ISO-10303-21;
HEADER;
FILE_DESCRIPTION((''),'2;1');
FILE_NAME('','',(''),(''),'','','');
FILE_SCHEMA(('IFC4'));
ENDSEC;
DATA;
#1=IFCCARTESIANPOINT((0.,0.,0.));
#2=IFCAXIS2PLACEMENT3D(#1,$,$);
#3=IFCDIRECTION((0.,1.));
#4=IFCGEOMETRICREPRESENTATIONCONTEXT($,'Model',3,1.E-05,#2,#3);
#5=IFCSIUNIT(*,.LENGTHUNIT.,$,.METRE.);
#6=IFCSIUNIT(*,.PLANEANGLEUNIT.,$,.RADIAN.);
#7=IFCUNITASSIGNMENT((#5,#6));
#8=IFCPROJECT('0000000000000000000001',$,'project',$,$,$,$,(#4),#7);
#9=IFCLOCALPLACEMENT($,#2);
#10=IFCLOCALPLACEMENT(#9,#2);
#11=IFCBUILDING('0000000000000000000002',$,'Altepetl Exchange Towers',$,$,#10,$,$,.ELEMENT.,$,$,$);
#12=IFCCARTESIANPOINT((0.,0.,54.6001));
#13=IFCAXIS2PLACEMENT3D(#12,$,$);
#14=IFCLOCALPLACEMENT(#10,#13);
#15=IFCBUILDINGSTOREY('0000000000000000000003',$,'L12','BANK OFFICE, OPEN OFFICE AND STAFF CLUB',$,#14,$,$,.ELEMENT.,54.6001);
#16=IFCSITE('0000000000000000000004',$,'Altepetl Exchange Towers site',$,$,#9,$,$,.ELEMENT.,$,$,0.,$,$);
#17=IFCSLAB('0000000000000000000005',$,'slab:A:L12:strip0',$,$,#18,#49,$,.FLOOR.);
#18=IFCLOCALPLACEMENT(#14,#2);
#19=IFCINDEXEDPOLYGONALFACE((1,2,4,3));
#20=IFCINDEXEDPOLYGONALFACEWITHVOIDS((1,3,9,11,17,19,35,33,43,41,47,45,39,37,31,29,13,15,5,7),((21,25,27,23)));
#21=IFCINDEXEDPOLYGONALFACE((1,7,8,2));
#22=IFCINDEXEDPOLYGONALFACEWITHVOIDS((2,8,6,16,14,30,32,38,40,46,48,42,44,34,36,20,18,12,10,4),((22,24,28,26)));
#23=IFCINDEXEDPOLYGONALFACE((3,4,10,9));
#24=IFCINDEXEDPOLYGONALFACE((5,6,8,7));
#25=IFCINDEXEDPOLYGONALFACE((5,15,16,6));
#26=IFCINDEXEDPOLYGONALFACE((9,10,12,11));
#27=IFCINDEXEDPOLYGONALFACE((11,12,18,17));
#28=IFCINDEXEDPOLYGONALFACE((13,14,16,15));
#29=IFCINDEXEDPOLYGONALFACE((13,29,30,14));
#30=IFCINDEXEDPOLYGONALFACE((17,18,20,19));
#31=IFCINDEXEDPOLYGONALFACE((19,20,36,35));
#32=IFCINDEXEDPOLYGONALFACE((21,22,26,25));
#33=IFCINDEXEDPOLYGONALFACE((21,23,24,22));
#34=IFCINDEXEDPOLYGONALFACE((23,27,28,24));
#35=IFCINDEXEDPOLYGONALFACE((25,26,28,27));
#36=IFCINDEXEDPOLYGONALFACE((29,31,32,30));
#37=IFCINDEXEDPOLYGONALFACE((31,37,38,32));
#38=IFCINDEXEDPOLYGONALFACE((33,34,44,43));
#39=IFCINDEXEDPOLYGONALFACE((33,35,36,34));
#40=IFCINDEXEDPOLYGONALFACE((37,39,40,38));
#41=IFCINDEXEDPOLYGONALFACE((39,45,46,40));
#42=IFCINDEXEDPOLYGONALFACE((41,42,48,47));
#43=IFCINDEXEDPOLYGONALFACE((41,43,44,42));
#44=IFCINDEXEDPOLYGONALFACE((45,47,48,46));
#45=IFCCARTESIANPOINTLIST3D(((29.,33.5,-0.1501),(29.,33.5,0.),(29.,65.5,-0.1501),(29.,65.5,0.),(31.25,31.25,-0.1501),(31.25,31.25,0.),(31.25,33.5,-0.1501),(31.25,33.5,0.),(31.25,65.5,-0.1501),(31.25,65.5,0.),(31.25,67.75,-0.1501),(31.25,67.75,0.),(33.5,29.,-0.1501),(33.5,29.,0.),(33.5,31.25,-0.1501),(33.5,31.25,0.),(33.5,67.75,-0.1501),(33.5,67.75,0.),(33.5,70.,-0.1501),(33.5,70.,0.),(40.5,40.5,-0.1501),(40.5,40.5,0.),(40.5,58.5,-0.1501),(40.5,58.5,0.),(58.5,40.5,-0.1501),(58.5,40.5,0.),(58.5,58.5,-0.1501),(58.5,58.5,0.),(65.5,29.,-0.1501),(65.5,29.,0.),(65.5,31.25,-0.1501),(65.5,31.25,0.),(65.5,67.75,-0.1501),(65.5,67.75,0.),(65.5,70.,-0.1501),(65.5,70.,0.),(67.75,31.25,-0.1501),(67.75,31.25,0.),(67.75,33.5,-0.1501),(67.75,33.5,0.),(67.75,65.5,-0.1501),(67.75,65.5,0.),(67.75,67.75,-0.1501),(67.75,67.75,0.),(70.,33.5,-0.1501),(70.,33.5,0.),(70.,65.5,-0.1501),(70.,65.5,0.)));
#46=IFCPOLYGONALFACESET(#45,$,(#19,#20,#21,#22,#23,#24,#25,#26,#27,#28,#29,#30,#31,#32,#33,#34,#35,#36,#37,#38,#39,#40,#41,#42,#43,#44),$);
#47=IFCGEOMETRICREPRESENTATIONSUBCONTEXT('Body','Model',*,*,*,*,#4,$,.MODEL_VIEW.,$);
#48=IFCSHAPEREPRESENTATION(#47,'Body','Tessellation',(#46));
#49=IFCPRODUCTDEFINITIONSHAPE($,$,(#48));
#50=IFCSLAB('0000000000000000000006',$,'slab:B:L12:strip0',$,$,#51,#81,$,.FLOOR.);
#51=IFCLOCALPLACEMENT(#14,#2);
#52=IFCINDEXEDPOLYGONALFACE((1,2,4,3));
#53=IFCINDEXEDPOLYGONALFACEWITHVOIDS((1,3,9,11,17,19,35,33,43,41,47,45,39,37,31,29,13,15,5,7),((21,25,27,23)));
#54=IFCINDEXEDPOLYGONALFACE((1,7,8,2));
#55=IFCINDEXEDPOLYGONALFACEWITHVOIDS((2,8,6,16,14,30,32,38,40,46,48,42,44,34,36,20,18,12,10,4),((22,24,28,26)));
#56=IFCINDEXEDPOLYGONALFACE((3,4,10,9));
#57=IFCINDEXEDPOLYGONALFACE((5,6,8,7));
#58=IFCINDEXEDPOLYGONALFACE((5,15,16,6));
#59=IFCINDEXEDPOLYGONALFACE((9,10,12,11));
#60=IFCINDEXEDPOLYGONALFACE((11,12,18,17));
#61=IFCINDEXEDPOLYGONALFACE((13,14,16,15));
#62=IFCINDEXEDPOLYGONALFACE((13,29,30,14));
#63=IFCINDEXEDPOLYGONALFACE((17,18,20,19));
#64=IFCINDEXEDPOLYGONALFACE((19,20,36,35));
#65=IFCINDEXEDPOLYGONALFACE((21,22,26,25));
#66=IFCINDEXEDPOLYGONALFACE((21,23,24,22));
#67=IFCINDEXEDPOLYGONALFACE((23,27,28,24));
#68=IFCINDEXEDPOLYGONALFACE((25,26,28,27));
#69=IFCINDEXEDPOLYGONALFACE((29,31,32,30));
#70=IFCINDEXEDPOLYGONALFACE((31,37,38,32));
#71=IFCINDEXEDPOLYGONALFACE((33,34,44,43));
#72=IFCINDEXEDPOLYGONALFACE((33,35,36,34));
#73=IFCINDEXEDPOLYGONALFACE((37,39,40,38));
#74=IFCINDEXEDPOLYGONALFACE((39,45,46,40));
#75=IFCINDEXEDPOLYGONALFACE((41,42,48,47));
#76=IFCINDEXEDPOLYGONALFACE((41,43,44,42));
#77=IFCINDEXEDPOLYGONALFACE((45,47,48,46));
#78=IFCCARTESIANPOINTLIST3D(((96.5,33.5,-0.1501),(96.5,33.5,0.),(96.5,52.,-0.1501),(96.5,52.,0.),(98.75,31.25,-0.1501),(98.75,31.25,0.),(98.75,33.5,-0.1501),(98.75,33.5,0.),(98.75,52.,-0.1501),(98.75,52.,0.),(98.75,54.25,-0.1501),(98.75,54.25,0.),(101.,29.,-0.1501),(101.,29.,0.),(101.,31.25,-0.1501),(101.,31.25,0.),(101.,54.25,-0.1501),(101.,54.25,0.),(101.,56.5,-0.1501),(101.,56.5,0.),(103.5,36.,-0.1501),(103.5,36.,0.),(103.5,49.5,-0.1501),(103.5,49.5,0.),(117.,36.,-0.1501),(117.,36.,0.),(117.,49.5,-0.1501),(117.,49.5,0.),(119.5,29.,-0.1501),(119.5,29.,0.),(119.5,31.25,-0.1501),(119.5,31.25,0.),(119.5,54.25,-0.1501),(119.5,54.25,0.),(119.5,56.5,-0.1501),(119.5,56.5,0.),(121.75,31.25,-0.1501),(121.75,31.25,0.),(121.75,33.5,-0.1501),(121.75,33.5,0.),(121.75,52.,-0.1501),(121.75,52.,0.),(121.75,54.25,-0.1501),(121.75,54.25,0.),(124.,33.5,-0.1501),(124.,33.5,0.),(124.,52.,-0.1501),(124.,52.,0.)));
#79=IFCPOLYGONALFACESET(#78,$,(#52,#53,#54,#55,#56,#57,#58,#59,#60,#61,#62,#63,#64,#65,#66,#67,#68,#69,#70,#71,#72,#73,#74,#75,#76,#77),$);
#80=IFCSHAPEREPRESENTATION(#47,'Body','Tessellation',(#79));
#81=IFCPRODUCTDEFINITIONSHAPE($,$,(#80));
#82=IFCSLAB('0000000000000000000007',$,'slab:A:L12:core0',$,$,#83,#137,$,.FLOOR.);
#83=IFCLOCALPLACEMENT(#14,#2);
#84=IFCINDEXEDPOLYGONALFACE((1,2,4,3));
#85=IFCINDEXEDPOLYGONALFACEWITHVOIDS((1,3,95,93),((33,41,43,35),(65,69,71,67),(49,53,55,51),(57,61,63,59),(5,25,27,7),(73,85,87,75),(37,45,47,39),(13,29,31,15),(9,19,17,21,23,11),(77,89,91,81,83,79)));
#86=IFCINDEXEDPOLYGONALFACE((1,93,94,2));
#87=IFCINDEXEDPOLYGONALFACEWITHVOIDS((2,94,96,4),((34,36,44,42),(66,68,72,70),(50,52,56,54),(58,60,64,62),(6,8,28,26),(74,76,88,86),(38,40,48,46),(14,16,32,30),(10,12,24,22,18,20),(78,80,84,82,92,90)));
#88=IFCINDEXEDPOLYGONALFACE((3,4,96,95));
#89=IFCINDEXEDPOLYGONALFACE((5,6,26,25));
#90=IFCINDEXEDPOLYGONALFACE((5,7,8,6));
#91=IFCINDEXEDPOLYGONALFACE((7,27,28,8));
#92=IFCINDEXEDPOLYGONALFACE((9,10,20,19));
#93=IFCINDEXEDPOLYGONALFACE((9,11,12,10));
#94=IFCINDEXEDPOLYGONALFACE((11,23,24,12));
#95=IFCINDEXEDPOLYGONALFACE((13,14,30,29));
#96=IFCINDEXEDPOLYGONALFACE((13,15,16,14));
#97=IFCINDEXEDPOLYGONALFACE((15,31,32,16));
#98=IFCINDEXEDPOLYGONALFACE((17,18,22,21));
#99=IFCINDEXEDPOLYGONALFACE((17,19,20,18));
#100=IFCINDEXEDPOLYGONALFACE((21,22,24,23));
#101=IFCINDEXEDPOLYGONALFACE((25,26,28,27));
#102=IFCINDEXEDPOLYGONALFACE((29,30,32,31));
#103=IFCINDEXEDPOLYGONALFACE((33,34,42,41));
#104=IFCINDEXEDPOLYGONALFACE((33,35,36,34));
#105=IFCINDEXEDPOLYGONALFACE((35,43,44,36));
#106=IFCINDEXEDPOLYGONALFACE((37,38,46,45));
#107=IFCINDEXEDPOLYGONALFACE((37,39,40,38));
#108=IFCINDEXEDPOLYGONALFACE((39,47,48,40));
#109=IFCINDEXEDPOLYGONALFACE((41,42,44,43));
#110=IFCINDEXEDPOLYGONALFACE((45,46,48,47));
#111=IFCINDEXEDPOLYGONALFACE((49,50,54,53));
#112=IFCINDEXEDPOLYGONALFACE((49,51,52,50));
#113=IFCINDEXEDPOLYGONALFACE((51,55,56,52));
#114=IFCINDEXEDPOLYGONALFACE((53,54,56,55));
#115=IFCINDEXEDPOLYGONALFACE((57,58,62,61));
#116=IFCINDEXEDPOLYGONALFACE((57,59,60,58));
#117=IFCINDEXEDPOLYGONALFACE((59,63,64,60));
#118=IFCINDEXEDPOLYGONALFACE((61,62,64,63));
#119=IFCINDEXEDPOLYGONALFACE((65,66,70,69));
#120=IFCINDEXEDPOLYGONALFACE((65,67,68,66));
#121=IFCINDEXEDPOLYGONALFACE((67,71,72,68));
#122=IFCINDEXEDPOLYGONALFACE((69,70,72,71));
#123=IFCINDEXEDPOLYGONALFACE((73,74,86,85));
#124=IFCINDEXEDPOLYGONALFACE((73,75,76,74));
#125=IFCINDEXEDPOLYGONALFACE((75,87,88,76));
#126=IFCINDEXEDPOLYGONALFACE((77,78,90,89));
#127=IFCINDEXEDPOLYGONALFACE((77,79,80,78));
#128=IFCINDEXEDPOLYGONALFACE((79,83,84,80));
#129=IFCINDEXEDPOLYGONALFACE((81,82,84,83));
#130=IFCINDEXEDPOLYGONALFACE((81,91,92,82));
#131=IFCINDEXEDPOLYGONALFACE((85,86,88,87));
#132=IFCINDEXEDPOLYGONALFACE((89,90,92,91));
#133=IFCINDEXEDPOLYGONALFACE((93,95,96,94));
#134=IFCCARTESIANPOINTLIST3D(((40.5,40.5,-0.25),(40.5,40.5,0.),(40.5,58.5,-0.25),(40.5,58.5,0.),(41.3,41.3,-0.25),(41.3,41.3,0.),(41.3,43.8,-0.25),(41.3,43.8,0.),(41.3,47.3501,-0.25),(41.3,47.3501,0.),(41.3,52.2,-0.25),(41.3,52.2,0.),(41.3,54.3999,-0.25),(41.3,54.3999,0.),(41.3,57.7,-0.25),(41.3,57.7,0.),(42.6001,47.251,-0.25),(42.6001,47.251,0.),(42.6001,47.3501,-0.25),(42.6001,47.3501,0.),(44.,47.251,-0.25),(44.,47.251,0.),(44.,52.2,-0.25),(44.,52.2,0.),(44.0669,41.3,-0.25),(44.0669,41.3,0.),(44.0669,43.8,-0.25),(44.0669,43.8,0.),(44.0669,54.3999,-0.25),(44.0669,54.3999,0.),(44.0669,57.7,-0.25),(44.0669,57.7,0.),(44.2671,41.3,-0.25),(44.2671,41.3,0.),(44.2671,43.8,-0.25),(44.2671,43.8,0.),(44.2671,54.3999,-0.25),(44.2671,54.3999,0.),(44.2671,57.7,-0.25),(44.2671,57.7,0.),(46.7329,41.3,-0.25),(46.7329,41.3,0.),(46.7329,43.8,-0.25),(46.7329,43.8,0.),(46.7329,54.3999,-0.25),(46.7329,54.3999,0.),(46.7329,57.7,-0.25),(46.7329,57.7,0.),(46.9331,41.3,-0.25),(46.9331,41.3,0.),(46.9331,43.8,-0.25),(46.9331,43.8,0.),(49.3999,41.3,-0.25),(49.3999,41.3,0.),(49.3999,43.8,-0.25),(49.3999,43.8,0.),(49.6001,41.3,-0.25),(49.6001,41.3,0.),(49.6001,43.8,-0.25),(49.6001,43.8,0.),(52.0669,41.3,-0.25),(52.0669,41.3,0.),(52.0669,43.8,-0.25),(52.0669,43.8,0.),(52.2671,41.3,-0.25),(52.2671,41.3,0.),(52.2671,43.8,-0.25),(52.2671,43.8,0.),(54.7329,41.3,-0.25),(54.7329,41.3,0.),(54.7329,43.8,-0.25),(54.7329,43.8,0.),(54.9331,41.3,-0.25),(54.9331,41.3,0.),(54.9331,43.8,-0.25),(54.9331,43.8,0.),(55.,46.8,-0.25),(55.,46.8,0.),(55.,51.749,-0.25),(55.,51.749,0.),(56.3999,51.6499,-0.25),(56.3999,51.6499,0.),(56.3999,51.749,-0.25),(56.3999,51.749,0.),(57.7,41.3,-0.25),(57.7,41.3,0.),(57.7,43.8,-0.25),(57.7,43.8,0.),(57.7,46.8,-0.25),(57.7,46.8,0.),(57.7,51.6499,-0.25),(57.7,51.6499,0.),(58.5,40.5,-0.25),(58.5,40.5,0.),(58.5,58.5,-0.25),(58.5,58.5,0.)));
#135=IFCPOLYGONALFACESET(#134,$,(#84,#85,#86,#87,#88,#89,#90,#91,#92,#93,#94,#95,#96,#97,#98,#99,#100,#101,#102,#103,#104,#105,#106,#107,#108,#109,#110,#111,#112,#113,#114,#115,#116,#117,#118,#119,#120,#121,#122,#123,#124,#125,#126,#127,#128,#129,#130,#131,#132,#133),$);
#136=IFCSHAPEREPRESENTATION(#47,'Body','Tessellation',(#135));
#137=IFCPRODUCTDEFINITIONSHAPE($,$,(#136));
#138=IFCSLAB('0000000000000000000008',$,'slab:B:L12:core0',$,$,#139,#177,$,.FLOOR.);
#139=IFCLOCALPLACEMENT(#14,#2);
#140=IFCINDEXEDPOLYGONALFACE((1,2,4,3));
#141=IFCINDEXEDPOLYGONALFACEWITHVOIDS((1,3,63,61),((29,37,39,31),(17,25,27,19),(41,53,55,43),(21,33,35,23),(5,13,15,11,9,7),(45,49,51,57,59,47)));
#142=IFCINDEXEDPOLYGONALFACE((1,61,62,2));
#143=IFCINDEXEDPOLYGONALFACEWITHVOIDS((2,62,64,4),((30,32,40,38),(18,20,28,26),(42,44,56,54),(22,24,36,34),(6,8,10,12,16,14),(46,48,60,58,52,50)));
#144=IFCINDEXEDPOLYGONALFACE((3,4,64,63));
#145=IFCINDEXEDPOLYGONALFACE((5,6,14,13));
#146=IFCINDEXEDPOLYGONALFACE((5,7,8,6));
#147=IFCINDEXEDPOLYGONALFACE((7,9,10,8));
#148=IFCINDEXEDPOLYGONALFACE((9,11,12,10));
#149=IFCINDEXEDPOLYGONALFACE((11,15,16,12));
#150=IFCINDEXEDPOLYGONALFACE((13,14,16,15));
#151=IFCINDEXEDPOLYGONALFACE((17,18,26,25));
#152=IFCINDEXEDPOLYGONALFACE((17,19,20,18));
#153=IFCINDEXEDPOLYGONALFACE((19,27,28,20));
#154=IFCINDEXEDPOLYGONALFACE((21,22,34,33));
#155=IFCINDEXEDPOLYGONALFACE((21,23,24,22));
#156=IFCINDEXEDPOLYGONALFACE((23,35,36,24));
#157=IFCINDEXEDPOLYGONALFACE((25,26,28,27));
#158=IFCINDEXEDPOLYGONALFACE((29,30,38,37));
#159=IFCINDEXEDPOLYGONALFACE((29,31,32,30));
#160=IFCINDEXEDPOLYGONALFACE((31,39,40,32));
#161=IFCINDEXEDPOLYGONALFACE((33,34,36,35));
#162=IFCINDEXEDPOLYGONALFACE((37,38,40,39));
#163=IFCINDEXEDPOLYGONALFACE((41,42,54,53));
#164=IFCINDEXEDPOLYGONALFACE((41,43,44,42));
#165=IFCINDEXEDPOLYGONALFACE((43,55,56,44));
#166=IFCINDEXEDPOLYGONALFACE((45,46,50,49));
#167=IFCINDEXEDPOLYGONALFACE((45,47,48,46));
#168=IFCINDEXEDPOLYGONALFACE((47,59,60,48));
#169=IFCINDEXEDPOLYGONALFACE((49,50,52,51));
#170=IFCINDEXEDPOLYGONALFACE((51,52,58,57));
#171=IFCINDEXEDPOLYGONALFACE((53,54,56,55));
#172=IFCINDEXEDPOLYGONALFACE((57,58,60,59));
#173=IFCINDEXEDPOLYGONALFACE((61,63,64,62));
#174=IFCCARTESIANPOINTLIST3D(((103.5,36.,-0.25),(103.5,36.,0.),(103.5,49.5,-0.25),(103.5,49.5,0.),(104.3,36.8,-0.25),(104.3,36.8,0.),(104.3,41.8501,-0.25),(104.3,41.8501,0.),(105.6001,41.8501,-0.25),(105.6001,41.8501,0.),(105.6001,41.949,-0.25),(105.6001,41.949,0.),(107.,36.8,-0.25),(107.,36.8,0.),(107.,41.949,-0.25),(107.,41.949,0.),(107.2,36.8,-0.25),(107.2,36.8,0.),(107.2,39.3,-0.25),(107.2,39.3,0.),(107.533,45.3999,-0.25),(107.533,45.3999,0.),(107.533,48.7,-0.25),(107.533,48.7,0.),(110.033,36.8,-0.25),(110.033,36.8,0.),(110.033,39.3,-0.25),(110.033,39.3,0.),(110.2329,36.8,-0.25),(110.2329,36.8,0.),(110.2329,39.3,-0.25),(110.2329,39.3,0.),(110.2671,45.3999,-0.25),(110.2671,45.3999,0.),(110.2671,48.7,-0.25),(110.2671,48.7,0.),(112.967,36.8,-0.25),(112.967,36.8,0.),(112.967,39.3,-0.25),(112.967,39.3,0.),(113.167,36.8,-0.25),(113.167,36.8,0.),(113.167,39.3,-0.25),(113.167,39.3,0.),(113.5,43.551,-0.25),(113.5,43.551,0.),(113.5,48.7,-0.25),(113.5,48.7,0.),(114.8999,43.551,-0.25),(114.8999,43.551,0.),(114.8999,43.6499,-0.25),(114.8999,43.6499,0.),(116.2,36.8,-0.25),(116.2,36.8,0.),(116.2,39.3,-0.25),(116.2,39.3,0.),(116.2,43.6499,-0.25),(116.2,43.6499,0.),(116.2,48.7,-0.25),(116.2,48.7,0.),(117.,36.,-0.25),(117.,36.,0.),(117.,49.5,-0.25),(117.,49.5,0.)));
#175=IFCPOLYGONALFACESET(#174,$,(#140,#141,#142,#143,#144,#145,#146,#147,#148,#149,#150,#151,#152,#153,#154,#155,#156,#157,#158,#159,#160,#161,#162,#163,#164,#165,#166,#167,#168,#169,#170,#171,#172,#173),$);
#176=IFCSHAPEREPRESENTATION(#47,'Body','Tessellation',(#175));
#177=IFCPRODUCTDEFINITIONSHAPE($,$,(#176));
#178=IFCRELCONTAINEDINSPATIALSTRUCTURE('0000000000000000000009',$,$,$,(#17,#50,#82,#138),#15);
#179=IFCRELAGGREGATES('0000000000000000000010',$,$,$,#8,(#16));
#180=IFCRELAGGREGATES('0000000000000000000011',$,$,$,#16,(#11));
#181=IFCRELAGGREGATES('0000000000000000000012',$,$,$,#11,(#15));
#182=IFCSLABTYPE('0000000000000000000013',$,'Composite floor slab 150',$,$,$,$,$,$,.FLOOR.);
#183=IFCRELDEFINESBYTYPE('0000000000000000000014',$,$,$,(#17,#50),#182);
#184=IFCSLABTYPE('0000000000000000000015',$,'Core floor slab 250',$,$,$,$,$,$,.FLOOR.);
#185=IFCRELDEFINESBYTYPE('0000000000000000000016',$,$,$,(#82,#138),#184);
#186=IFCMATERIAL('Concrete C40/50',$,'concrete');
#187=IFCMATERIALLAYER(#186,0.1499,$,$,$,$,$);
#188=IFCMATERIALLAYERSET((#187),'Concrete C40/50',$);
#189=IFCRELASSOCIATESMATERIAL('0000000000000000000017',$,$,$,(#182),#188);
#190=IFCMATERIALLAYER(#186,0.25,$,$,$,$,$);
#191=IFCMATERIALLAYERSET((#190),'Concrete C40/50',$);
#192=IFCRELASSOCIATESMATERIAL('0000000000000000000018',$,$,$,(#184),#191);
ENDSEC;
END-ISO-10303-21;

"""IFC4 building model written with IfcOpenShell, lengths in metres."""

from ifc_helpers import new_model, si_unit, direction, frame, origin, place, context, subcontext, project, spatial, polyline, outline, extrude, material, layer, layer_set, type_object, element, save


model = new_model("IFC4")

# Units and contexts
model_context = context("Model", 3, precision=1e-05, world=origin(), true_north=direction((0.0, 1.0)))
body_context = subcontext(model_context, "Body", "Model", "MODEL_VIEW")
ifc_project = project(units=[si_unit("LENGTHUNIT", "METRE"), si_unit("PLANEANGLEUNIT", "RADIAN")], contexts=[model_context])

# Site, building, storey
site_placement = place(None, origin())
site = spatial("IfcSite", under=ifc_project, at=site_placement, Name="Altepetl Exchange Towers site", CompositionType="ELEMENT", RefElevation=0.0)
building_placement = place(site_placement, origin())
building = spatial("IfcBuilding", under=site, at=building_placement, Name="Altepetl Exchange Towers", CompositionType="ELEMENT")
storey_placement = place(building_placement, frame((0.0, 0.0, 54.6001)))
storey = spatial("IfcBuildingStorey", under=building, at=storey_placement, Name="L12", Description="BANK OFFICE, OPEN OFFICE AND STAFF CLUB", CompositionType="ELEMENT", Elevation=54.6001)

# Slabs
ifc_material_1 = material(Name="Concrete C40/50", Category="concrete")
ifc_layer_1 = layer(ifc_material_1, 0.1499)
ifc_layer_set_1 = layer_set([ifc_layer_1], Name="Concrete C40/50")
slab_type_1 = type_object("IfcSlabType", Name="Composite floor slab 150", PredefinedType="FLOOR", material=ifc_layer_set_1)
slab_1_placement = place(storey_placement, frame((0.0, 0.0, -0.1501)))
element("IfcSlab", 1, at=slab_1_placement, inside=storey, type_object=slab_type_1, Name="slab:A:L12:strip0", PredefinedType="FLOOR", context=body_context, shape_type="SweptSolid", body=[
    extrude(outline(polyline([(31.25, 67.75), (31.25, 65.5), (29.0, 65.5), (29.0, 33.5), (31.25, 33.5), (31.25, 31.25), (33.5, 31.25), (33.5, 29.0), (65.5, 29.0), (65.5, 31.25), (67.75, 31.25), (67.75, 33.5), (70.0, 33.5), (70.0, 65.5), (67.75, 65.5), (67.75, 67.75), (65.5, 67.75), (65.5, 70.0), (33.5, 70.0), (33.5, 67.75), (31.25, 67.75)]), holes=[polyline([(58.5, 58.5), (58.5, 40.5), (40.5, 40.5), (40.5, 58.5), (58.5, 58.5)])]), origin(), (0.0, 0.0, 1.0), 0.1501),
])
slab_2_placement = place(storey_placement, frame((0.0, 0.0, -0.1501)))
element("IfcSlab", 2, at=slab_2_placement, inside=storey, type_object=slab_type_1, Name="slab:B:L12:strip0", PredefinedType="FLOOR", context=body_context, shape_type="SweptSolid", body=[
    extrude(outline(polyline([(98.75, 54.25), (98.75, 52.0), (96.5, 52.0), (96.5, 33.5), (98.75, 33.5), (98.75, 31.25), (101.0, 31.25), (101.0, 29.0), (119.5, 29.0), (119.5, 31.25), (121.75, 31.25), (121.75, 33.5), (124.0, 33.5), (124.0, 52.0), (121.75, 52.0), (121.75, 54.25), (119.5, 54.25), (119.5, 56.5), (101.0, 56.5), (101.0, 54.25), (98.75, 54.25)]), holes=[polyline([(117.0, 49.5), (117.0, 36.0), (103.5, 36.0), (103.5, 49.5), (117.0, 49.5)])]), origin(), (0.0, 0.0, 1.0), 0.1501),
])
ifc_layer_2 = layer(ifc_material_1, 0.25)
ifc_layer_set_2 = layer_set([ifc_layer_2], Name="Concrete C40/50")
slab_type_2 = type_object("IfcSlabType", Name="Core floor slab 250", PredefinedType="FLOOR", material=ifc_layer_set_2)
slab_3_placement = place(storey_placement, frame((0.0, 0.0, -0.25)))
element("IfcSlab", 3, at=slab_3_placement, inside=storey, type_object=slab_type_2, Name="slab:A:L12:core0", PredefinedType="FLOOR", context=body_context, shape_type="SweptSolid", body=[
    extrude(outline(polyline([(40.5, 40.5), (58.5, 40.5), (58.5, 58.5), (40.5, 58.5), (40.5, 40.5)]), holes=[polyline([(41.3, 43.8), (44.0669, 43.8), (44.0669, 41.3), (41.3, 41.3), (41.3, 43.8)]), polyline([(44.2671, 43.8), (46.7329, 43.8), (46.7329, 41.3), (44.2671, 41.3), (44.2671, 43.8)]), polyline([(46.9331, 43.8), (49.3999, 43.8), (49.3999, 41.3), (46.9331, 41.3), (46.9331, 43.8)]), polyline([(52.0669, 43.8), (52.0669, 41.3), (49.6001, 41.3), (49.6001, 43.8), (52.0669, 43.8)]), polyline([(54.7329, 43.8), (54.7329, 41.3), (52.2671, 41.3), (52.2671, 43.8), (54.7329, 43.8)]), polyline([(54.9331, 43.8), (57.7, 43.8), (57.7, 41.3), (54.9331, 41.3), (54.9331, 43.8)]), polyline([(55.0, 51.749), (56.3999, 51.749), (56.3999, 51.6499), (57.7, 51.6499), (57.7, 46.8), (55.0, 46.8), (55.0, 51.749)]), polyline([(44.0, 47.251), (42.6001, 47.251), (42.6001, 47.3501), (41.3, 47.3501), (41.3, 52.2), (44.0, 52.2), (44.0, 47.251)]), polyline([(44.0669, 57.7), (44.0669, 54.3999), (41.3, 54.3999), (41.3, 57.7), (44.0669, 57.7)]), polyline([(46.7329, 57.7), (46.7329, 54.3999), (44.2671, 54.3999), (44.2671, 57.7), (46.7329, 57.7)])]), origin(), (0.0, 0.0, 1.0), 0.25),
])
slab_4_placement = place(storey_placement, frame((0.0, 0.0, -0.25)))
element("IfcSlab", 4, at=slab_4_placement, inside=storey, type_object=slab_type_2, Name="slab:B:L12:core0", PredefinedType="FLOOR", context=body_context, shape_type="SweptSolid", body=[
    extrude(outline(polyline([(103.5, 36.0), (117.0, 36.0), (117.0, 49.5), (103.5, 49.5), (103.5, 36.0)]), holes=[polyline([(107.2, 36.8), (107.2, 39.3), (110.033, 39.3), (110.033, 36.8), (107.2, 36.8)]), polyline([(110.2329, 39.3), (112.967, 39.3), (112.967, 36.8), (110.2329, 36.8), (110.2329, 39.3)]), polyline([(113.167, 39.3), (116.2, 39.3), (116.2, 36.8), (113.167, 36.8), (113.167, 39.3)]), polyline([(107.0, 36.8), (104.3, 36.8), (104.3, 41.8501), (105.6001, 41.8501), (105.6001, 41.949), (107.0, 41.949), (107.0, 36.8)]), polyline([(116.2, 48.7), (116.2, 43.6499), (114.8999, 43.6499), (114.8999, 43.551), (113.5, 43.551), (113.5, 48.7), (116.2, 48.7)]), polyline([(107.533, 48.7), (110.2671, 48.7), (110.2671, 45.3999), (107.533, 45.3999), (107.533, 48.7)])]), origin(), (0.0, 0.0, 1.0), 0.25),
])

save(model, "model.ifc")
